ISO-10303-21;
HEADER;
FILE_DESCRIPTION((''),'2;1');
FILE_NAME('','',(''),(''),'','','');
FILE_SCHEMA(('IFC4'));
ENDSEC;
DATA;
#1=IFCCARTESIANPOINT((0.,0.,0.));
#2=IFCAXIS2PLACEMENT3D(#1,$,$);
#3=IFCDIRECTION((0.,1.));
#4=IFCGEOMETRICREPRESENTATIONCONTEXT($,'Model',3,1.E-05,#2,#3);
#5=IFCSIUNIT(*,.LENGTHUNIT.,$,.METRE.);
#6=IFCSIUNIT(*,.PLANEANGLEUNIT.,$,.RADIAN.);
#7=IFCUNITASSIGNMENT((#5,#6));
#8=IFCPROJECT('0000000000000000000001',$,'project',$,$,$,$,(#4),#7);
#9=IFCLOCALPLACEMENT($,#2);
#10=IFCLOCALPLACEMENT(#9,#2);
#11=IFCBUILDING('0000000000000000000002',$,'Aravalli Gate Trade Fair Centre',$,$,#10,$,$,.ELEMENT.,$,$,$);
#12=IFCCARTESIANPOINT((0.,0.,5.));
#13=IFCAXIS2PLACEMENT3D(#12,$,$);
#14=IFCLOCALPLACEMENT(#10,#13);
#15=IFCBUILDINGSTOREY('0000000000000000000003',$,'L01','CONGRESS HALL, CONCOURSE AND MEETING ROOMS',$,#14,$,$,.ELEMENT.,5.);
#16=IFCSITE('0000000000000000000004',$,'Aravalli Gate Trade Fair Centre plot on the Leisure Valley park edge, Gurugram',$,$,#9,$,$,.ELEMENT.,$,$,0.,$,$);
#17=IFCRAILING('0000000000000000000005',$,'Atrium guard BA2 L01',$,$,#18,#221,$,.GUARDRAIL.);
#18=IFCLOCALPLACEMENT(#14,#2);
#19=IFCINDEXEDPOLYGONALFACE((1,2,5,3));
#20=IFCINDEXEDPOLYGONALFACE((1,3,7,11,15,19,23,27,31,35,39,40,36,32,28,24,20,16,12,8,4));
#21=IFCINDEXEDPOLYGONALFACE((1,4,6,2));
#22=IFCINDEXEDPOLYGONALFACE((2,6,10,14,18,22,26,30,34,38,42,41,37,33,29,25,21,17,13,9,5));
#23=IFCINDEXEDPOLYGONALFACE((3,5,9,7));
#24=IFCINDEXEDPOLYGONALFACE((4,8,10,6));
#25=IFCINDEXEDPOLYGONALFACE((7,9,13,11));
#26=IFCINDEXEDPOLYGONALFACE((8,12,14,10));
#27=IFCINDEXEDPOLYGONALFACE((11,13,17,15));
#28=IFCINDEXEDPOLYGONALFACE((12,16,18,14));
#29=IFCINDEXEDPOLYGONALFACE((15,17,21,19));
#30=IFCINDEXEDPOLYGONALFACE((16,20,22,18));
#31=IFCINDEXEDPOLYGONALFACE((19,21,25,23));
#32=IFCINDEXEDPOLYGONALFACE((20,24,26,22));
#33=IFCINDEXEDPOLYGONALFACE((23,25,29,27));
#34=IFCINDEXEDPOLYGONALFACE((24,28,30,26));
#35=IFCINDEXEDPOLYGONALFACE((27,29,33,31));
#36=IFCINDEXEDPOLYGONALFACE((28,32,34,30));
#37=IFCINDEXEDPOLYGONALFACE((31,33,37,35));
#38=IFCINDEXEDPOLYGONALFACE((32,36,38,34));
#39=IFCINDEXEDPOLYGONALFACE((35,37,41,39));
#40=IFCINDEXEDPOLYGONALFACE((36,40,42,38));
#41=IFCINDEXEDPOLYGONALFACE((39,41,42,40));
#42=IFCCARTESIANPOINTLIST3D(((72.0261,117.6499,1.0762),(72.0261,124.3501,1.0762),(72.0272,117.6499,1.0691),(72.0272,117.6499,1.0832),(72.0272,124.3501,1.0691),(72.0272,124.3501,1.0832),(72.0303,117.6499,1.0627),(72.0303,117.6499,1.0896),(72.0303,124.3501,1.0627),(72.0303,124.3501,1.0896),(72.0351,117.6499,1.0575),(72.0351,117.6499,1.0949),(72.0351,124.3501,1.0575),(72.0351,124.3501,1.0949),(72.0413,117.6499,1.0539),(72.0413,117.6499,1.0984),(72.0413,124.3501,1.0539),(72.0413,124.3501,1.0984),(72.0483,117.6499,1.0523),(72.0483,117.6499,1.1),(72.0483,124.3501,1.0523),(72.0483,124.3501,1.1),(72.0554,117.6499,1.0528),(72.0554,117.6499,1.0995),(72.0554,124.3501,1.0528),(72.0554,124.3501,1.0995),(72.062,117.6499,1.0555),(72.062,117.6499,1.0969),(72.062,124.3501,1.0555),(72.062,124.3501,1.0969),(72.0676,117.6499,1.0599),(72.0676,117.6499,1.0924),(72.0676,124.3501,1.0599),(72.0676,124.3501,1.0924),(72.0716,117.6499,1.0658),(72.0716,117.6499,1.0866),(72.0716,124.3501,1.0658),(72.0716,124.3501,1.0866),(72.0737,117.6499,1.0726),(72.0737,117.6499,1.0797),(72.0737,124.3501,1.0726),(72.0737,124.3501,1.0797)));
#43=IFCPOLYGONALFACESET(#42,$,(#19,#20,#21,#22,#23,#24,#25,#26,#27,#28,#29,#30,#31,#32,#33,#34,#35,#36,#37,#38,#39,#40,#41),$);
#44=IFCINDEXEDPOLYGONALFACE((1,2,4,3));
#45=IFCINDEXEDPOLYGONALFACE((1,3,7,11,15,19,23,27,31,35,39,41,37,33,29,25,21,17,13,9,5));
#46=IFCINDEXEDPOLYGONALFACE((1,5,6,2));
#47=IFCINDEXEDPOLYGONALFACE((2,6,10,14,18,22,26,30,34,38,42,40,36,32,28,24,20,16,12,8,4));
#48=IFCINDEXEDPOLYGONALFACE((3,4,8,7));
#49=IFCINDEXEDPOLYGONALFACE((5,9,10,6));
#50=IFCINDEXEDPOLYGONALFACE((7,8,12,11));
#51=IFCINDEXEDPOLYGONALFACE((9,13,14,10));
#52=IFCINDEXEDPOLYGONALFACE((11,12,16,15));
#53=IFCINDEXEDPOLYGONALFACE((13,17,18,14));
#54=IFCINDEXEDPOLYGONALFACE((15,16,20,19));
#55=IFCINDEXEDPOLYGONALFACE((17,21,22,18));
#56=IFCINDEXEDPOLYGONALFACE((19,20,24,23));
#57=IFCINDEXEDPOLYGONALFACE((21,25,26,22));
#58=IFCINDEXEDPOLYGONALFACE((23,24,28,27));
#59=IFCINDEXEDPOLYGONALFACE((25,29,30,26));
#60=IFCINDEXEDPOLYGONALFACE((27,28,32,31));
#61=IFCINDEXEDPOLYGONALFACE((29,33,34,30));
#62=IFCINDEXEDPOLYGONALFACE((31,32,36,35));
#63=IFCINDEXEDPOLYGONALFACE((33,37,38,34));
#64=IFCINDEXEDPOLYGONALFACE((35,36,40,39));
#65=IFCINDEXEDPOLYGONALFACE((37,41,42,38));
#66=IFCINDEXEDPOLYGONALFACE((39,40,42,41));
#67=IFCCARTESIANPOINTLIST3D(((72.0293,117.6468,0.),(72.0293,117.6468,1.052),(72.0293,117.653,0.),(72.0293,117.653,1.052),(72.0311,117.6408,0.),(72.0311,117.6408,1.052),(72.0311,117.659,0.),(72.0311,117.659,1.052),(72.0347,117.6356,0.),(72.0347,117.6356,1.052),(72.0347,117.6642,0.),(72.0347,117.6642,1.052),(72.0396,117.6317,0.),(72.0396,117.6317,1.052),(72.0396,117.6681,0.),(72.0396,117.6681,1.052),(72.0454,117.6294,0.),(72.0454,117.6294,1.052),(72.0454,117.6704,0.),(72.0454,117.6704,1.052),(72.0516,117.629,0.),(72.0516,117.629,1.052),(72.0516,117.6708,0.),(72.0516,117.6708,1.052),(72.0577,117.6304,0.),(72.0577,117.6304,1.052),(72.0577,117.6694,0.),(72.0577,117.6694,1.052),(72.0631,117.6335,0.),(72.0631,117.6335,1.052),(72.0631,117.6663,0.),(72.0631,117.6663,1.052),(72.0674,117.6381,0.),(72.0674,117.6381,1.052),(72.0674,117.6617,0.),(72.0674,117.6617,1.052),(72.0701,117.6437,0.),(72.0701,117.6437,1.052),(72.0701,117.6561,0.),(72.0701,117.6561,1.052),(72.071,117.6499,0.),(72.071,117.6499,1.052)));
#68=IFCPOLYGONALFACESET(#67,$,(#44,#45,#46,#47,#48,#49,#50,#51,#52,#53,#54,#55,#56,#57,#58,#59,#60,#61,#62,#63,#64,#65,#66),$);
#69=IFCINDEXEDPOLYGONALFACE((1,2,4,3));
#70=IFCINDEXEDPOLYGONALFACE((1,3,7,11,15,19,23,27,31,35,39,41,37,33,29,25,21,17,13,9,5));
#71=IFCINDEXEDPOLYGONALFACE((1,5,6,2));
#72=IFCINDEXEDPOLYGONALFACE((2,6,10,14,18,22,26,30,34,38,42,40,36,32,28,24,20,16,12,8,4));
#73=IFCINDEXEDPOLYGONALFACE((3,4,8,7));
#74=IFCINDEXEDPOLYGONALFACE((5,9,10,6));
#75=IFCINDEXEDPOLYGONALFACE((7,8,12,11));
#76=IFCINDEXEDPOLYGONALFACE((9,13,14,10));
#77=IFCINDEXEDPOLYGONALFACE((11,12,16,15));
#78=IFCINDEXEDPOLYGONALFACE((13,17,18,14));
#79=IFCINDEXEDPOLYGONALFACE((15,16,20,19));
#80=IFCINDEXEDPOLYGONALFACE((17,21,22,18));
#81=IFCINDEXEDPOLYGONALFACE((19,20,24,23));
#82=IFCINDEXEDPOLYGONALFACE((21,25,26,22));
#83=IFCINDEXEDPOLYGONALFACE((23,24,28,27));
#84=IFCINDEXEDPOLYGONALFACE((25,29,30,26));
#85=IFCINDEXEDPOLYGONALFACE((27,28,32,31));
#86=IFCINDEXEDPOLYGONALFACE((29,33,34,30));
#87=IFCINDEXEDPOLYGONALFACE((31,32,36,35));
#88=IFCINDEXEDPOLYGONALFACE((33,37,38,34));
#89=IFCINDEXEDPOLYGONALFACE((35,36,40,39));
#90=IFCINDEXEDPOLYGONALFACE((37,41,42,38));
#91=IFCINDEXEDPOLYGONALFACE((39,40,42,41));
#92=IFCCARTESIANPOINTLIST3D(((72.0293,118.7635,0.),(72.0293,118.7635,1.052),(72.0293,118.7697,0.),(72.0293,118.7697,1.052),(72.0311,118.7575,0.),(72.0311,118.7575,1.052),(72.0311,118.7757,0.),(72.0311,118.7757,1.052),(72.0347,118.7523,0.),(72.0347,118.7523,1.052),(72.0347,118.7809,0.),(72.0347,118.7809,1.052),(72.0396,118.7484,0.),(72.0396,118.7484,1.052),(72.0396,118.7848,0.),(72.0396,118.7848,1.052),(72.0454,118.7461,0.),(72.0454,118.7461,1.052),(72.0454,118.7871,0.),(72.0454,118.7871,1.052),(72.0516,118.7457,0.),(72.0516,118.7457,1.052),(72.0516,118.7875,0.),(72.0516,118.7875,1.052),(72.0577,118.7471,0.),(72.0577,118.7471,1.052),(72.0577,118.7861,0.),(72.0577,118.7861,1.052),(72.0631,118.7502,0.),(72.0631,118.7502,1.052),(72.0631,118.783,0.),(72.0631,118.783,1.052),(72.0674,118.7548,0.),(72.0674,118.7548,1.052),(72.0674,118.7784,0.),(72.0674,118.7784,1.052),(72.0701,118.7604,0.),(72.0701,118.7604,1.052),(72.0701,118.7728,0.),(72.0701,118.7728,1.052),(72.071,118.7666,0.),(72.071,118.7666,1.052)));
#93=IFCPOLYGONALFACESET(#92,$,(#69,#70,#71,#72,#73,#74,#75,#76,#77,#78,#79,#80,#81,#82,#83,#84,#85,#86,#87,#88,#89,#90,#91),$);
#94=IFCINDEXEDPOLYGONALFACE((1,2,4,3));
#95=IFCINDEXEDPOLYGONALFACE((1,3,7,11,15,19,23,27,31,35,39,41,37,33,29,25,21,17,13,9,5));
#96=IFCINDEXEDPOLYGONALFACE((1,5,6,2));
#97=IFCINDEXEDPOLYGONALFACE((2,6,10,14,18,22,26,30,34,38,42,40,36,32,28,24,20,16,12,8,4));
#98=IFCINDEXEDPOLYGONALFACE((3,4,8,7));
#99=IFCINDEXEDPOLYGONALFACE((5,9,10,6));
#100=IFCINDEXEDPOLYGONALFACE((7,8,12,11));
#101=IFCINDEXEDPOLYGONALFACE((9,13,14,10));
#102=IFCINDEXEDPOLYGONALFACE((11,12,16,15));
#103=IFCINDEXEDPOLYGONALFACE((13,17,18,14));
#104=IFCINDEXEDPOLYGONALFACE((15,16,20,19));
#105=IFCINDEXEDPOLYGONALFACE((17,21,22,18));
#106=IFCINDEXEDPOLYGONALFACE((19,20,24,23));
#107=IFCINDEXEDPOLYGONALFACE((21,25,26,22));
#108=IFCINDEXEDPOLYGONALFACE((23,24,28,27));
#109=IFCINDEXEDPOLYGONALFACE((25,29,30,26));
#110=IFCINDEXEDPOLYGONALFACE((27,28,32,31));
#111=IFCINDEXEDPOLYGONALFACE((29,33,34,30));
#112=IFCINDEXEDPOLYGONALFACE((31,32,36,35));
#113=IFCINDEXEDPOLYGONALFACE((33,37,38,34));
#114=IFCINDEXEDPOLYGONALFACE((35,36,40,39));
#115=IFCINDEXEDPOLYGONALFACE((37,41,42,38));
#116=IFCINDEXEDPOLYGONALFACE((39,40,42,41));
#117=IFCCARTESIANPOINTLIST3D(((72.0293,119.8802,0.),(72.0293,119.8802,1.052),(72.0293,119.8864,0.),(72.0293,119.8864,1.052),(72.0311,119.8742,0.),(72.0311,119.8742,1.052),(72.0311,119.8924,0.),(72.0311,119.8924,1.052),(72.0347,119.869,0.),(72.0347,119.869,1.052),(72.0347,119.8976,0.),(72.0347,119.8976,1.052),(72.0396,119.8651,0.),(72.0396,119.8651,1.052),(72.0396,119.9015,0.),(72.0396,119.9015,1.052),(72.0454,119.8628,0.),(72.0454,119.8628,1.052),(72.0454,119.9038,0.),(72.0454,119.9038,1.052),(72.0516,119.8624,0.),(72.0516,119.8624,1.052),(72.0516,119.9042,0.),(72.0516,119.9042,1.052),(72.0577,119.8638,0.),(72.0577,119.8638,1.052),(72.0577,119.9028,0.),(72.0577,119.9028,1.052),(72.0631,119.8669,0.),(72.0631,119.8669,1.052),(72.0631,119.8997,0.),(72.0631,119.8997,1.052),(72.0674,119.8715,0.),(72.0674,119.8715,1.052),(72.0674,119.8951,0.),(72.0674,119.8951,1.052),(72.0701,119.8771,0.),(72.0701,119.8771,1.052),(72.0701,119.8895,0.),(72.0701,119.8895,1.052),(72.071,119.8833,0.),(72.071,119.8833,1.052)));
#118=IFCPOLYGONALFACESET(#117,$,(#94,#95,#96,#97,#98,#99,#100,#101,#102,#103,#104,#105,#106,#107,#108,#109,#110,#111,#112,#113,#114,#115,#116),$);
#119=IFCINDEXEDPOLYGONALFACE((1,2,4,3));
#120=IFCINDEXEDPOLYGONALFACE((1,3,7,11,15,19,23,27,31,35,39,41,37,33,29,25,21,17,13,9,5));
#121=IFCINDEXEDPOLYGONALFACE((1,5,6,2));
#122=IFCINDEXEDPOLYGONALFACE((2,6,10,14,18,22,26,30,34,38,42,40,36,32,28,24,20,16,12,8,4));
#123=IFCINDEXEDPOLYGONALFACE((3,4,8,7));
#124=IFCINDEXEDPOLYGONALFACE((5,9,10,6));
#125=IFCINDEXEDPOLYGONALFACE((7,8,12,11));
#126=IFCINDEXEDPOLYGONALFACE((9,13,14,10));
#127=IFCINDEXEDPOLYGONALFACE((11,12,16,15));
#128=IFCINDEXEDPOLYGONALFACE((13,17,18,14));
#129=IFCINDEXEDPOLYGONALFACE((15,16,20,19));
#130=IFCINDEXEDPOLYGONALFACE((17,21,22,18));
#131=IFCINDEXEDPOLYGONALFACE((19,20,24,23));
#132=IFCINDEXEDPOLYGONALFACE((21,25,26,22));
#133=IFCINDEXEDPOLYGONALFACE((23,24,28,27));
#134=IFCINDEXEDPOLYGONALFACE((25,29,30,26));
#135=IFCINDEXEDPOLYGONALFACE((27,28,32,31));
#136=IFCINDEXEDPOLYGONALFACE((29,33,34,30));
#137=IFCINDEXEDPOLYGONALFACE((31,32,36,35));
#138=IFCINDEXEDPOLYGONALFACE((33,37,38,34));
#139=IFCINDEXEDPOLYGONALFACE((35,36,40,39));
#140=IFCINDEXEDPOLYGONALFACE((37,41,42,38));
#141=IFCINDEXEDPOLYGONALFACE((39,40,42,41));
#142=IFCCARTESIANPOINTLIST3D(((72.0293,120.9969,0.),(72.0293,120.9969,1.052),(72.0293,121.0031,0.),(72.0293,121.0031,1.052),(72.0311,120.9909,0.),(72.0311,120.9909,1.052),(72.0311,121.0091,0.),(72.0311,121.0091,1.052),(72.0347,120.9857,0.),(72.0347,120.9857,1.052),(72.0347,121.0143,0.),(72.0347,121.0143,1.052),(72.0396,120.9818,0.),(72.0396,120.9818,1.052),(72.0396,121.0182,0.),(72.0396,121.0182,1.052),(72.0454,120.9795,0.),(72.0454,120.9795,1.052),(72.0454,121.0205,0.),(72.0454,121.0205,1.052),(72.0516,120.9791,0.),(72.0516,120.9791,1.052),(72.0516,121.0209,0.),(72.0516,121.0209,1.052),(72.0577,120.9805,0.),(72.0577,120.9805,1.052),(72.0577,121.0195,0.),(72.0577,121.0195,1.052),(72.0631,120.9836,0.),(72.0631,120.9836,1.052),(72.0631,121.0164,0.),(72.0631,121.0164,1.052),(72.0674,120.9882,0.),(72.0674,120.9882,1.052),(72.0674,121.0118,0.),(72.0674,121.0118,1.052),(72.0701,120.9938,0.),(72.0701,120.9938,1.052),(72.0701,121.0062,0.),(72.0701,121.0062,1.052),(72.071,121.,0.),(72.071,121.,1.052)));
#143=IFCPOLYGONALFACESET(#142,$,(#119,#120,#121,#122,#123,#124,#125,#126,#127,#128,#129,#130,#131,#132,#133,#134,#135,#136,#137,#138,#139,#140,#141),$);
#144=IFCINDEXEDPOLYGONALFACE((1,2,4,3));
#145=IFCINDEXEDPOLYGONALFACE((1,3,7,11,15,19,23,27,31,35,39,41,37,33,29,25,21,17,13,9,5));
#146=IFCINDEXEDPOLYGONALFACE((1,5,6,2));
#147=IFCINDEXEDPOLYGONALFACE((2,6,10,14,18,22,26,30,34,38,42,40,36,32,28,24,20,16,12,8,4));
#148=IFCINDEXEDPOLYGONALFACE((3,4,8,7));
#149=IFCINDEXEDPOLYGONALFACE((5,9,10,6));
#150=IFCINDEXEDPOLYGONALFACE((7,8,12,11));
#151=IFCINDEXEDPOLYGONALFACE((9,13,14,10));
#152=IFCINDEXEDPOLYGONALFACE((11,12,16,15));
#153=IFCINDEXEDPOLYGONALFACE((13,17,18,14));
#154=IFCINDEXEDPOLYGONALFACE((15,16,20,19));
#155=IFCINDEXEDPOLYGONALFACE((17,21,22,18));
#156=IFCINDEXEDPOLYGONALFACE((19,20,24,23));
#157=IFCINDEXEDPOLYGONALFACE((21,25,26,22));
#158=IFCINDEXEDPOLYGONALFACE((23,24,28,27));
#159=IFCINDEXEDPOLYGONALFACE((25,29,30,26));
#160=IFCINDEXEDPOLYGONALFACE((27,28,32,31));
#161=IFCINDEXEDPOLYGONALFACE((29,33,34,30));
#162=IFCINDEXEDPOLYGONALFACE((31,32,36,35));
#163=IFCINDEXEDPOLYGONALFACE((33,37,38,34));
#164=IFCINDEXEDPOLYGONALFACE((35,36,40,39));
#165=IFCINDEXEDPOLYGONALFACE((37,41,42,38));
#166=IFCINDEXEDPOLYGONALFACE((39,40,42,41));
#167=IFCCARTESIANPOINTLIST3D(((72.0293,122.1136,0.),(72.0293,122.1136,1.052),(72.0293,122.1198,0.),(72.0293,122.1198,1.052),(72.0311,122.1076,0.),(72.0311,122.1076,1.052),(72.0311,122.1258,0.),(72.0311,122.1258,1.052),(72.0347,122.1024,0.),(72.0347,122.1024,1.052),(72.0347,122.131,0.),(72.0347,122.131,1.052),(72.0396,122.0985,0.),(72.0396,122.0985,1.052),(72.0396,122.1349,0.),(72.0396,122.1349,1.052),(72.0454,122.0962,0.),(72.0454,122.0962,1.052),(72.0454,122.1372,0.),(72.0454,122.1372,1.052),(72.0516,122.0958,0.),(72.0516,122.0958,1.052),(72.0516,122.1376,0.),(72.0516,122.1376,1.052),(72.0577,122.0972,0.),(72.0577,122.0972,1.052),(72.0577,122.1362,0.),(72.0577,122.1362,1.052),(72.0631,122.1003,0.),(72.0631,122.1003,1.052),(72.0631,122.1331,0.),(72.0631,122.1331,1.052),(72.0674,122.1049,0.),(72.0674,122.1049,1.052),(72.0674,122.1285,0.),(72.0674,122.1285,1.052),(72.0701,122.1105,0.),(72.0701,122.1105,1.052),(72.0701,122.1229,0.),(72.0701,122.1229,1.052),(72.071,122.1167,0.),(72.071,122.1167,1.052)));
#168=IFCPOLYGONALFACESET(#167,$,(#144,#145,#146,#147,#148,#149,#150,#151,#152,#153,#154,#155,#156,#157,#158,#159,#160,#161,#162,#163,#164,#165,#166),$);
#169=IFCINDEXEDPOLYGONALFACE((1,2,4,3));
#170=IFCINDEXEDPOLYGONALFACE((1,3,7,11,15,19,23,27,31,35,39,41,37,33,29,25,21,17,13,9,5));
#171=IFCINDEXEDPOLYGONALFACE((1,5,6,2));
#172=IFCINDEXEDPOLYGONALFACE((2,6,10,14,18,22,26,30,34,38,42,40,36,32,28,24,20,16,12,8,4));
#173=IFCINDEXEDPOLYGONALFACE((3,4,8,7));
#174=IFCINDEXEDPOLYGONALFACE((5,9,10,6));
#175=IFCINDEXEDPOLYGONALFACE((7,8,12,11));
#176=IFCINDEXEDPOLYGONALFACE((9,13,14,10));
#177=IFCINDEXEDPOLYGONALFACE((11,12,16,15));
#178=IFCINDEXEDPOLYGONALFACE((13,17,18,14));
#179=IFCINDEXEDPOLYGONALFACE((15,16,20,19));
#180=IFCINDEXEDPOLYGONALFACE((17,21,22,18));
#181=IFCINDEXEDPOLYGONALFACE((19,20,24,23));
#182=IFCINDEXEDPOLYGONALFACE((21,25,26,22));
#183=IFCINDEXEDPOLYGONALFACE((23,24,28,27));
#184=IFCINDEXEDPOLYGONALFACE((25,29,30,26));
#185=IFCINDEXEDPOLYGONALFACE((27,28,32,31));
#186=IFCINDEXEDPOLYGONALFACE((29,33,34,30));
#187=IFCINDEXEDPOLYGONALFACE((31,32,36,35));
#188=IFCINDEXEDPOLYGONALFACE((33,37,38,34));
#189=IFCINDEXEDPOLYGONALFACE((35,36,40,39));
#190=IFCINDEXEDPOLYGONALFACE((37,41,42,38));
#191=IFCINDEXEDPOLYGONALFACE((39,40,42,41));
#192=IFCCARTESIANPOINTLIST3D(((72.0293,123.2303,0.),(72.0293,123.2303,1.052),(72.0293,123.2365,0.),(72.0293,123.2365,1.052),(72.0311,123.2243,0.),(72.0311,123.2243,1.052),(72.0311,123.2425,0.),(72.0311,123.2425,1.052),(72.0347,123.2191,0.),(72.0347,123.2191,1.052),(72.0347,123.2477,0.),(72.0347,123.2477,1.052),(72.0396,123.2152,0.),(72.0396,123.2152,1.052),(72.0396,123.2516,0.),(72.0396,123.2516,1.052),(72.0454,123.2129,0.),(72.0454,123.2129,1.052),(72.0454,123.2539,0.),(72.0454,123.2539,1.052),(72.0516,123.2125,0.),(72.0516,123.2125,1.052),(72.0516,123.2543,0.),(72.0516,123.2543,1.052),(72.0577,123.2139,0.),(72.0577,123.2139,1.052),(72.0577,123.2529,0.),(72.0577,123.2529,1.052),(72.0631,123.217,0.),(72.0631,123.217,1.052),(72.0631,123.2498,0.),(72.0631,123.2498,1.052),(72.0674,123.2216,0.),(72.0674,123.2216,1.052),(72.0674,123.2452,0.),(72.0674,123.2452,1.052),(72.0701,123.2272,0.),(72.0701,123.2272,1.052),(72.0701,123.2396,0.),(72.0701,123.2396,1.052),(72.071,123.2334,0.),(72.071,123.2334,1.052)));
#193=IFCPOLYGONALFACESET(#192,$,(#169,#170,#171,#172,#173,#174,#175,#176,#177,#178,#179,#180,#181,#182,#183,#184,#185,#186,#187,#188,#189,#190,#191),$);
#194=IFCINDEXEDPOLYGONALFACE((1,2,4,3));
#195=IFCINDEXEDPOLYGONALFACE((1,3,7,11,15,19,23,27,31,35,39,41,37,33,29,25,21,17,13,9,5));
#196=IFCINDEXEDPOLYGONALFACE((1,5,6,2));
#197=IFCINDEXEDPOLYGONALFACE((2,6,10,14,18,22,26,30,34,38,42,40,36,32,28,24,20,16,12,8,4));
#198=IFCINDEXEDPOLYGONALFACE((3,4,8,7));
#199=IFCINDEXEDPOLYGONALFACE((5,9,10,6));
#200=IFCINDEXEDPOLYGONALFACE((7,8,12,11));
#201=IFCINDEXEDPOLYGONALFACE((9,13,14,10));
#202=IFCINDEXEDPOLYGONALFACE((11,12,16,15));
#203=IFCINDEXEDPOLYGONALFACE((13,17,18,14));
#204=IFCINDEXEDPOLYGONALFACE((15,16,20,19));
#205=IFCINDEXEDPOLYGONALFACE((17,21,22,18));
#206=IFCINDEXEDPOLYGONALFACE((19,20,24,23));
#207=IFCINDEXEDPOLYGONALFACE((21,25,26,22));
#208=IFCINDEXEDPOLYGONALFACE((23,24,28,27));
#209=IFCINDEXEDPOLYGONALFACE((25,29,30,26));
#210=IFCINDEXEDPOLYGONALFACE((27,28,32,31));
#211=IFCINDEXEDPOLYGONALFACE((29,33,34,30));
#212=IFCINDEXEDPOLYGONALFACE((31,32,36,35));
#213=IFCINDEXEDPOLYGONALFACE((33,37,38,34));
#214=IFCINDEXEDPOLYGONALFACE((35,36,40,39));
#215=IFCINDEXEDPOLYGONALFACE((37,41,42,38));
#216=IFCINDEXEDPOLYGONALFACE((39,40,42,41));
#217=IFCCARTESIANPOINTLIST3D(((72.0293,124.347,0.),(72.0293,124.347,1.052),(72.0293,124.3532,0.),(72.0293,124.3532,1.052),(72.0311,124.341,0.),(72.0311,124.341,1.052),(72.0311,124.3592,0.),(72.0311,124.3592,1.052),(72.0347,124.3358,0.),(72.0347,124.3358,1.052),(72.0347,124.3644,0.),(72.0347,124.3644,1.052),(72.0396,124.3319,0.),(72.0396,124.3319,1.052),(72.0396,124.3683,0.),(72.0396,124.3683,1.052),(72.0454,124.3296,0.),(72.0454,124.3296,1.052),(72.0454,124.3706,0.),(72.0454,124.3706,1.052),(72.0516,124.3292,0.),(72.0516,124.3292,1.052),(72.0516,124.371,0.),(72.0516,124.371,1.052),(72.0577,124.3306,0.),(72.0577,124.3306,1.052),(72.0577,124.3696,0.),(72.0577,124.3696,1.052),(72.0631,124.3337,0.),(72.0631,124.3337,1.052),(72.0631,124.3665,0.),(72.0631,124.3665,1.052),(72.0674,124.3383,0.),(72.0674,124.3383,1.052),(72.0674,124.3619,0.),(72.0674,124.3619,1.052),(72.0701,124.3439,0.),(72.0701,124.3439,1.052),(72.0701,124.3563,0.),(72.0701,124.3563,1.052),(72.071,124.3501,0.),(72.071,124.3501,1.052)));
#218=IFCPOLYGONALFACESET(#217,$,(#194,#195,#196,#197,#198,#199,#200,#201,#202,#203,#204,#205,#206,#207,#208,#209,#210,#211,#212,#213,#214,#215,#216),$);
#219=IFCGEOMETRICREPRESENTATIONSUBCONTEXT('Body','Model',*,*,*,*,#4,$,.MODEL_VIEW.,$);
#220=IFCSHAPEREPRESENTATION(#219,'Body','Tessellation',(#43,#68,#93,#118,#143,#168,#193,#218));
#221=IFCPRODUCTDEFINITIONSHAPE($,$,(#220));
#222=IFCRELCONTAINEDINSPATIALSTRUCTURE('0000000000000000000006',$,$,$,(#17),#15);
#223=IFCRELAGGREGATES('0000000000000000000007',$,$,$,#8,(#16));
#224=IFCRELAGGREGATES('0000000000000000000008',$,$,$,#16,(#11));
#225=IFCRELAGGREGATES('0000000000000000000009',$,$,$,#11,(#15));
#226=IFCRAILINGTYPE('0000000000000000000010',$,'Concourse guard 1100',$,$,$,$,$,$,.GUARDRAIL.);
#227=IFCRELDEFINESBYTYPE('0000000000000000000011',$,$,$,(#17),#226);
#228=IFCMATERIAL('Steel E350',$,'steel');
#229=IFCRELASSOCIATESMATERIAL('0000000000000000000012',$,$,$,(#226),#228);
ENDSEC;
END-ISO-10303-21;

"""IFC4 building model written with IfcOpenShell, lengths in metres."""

from ifc_helpers import new_model, si_unit, direction, frame, origin, origin_2d, place, context, subcontext, project, spatial, circle, extrude, material, type_object, element, save


model = new_model("IFC4")

# Units and contexts
model_context = context("Model", 3, precision=1e-05, world=origin(), true_north=direction((0.0, 1.0)))
body_context = subcontext(model_context, "Body", "Model", "MODEL_VIEW")
ifc_project = project(units=[si_unit("LENGTHUNIT", "METRE"), si_unit("PLANEANGLEUNIT", "RADIAN")], contexts=[model_context])

# Site, building, storey
site_placement = place(None, origin())
site = spatial("IfcSite", under=ifc_project, at=site_placement, Name="Aravalli Gate Trade Fair Centre plot on the Leisure Valley park edge, Gurugram", CompositionType="ELEMENT", RefElevation=0.0)
building_placement = place(site_placement, origin())
building = spatial("IfcBuilding", under=site, at=building_placement, Name="Aravalli Gate Trade Fair Centre", CompositionType="ELEMENT")
storey_placement = place(building_placement, frame((0.0, 0.0, 5.0)))
storey = spatial("IfcBuildingStorey", under=building, at=storey_placement, Name="L01", Description="CONGRESS HALL, CONCOURSE AND MEETING ROOMS", CompositionType="ELEMENT", Elevation=5.0)

# Shared definitions
ifc_material_1 = material(Name="Steel E350", Category="steel")

# Railing
railing_type_1 = type_object("IfcRailingType", Name="Concourse guard 1100", PredefinedType="GUARDRAIL", material=ifc_material_1)
railing_placement = place(storey_placement, frame((72.05, 117.6499, 0.0)))
element("IfcRailing", 1, at=railing_placement, inside=storey, type_object=railing_type_1, Name="Atrium guard BA2 L01", PredefinedType="GUARDRAIL", context=body_context, shape_type="SweptSolid", body=[
    extrude(circle(Radius=0.0239, at=origin_2d()), frame((0.0, 0.0, 1.0762), z_axis=(0.0, 1.0, 0.0), x_axis=(-1.0, 0.0, 0.0)), (0.0, 0.0, 1.0), 6.7002),
    extrude(circle(Radius=0.021, at=origin_2d()), origin(), (0.0, 0.0, 1.0), 1.052),
    extrude(circle(Radius=0.021, at=origin_2d()), frame((0.0, 1.1167, 0.0)), (0.0, 0.0, 1.0), 1.052),
    extrude(circle(Radius=0.021, at=origin_2d()), frame((0.0, 2.2334, 0.0)), (0.0, 0.0, 1.0), 1.052),
    extrude(circle(Radius=0.021, at=origin_2d()), frame((0.0, 3.3501, 0.0)), (0.0, 0.0, 1.0), 1.052),
    extrude(circle(Radius=0.021, at=origin_2d()), frame((0.0, 4.4668, 0.0)), (0.0, 0.0, 1.0), 1.052),
    extrude(circle(Radius=0.021, at=origin_2d()), frame((0.0, 5.5835, 0.0)), (0.0, 0.0, 1.0), 1.052),
    extrude(circle(Radius=0.021, at=origin_2d()), frame((0.0, 6.7002, 0.0)), (0.0, 0.0, 1.0), 1.052),
])

save(model, "model.ifc")
